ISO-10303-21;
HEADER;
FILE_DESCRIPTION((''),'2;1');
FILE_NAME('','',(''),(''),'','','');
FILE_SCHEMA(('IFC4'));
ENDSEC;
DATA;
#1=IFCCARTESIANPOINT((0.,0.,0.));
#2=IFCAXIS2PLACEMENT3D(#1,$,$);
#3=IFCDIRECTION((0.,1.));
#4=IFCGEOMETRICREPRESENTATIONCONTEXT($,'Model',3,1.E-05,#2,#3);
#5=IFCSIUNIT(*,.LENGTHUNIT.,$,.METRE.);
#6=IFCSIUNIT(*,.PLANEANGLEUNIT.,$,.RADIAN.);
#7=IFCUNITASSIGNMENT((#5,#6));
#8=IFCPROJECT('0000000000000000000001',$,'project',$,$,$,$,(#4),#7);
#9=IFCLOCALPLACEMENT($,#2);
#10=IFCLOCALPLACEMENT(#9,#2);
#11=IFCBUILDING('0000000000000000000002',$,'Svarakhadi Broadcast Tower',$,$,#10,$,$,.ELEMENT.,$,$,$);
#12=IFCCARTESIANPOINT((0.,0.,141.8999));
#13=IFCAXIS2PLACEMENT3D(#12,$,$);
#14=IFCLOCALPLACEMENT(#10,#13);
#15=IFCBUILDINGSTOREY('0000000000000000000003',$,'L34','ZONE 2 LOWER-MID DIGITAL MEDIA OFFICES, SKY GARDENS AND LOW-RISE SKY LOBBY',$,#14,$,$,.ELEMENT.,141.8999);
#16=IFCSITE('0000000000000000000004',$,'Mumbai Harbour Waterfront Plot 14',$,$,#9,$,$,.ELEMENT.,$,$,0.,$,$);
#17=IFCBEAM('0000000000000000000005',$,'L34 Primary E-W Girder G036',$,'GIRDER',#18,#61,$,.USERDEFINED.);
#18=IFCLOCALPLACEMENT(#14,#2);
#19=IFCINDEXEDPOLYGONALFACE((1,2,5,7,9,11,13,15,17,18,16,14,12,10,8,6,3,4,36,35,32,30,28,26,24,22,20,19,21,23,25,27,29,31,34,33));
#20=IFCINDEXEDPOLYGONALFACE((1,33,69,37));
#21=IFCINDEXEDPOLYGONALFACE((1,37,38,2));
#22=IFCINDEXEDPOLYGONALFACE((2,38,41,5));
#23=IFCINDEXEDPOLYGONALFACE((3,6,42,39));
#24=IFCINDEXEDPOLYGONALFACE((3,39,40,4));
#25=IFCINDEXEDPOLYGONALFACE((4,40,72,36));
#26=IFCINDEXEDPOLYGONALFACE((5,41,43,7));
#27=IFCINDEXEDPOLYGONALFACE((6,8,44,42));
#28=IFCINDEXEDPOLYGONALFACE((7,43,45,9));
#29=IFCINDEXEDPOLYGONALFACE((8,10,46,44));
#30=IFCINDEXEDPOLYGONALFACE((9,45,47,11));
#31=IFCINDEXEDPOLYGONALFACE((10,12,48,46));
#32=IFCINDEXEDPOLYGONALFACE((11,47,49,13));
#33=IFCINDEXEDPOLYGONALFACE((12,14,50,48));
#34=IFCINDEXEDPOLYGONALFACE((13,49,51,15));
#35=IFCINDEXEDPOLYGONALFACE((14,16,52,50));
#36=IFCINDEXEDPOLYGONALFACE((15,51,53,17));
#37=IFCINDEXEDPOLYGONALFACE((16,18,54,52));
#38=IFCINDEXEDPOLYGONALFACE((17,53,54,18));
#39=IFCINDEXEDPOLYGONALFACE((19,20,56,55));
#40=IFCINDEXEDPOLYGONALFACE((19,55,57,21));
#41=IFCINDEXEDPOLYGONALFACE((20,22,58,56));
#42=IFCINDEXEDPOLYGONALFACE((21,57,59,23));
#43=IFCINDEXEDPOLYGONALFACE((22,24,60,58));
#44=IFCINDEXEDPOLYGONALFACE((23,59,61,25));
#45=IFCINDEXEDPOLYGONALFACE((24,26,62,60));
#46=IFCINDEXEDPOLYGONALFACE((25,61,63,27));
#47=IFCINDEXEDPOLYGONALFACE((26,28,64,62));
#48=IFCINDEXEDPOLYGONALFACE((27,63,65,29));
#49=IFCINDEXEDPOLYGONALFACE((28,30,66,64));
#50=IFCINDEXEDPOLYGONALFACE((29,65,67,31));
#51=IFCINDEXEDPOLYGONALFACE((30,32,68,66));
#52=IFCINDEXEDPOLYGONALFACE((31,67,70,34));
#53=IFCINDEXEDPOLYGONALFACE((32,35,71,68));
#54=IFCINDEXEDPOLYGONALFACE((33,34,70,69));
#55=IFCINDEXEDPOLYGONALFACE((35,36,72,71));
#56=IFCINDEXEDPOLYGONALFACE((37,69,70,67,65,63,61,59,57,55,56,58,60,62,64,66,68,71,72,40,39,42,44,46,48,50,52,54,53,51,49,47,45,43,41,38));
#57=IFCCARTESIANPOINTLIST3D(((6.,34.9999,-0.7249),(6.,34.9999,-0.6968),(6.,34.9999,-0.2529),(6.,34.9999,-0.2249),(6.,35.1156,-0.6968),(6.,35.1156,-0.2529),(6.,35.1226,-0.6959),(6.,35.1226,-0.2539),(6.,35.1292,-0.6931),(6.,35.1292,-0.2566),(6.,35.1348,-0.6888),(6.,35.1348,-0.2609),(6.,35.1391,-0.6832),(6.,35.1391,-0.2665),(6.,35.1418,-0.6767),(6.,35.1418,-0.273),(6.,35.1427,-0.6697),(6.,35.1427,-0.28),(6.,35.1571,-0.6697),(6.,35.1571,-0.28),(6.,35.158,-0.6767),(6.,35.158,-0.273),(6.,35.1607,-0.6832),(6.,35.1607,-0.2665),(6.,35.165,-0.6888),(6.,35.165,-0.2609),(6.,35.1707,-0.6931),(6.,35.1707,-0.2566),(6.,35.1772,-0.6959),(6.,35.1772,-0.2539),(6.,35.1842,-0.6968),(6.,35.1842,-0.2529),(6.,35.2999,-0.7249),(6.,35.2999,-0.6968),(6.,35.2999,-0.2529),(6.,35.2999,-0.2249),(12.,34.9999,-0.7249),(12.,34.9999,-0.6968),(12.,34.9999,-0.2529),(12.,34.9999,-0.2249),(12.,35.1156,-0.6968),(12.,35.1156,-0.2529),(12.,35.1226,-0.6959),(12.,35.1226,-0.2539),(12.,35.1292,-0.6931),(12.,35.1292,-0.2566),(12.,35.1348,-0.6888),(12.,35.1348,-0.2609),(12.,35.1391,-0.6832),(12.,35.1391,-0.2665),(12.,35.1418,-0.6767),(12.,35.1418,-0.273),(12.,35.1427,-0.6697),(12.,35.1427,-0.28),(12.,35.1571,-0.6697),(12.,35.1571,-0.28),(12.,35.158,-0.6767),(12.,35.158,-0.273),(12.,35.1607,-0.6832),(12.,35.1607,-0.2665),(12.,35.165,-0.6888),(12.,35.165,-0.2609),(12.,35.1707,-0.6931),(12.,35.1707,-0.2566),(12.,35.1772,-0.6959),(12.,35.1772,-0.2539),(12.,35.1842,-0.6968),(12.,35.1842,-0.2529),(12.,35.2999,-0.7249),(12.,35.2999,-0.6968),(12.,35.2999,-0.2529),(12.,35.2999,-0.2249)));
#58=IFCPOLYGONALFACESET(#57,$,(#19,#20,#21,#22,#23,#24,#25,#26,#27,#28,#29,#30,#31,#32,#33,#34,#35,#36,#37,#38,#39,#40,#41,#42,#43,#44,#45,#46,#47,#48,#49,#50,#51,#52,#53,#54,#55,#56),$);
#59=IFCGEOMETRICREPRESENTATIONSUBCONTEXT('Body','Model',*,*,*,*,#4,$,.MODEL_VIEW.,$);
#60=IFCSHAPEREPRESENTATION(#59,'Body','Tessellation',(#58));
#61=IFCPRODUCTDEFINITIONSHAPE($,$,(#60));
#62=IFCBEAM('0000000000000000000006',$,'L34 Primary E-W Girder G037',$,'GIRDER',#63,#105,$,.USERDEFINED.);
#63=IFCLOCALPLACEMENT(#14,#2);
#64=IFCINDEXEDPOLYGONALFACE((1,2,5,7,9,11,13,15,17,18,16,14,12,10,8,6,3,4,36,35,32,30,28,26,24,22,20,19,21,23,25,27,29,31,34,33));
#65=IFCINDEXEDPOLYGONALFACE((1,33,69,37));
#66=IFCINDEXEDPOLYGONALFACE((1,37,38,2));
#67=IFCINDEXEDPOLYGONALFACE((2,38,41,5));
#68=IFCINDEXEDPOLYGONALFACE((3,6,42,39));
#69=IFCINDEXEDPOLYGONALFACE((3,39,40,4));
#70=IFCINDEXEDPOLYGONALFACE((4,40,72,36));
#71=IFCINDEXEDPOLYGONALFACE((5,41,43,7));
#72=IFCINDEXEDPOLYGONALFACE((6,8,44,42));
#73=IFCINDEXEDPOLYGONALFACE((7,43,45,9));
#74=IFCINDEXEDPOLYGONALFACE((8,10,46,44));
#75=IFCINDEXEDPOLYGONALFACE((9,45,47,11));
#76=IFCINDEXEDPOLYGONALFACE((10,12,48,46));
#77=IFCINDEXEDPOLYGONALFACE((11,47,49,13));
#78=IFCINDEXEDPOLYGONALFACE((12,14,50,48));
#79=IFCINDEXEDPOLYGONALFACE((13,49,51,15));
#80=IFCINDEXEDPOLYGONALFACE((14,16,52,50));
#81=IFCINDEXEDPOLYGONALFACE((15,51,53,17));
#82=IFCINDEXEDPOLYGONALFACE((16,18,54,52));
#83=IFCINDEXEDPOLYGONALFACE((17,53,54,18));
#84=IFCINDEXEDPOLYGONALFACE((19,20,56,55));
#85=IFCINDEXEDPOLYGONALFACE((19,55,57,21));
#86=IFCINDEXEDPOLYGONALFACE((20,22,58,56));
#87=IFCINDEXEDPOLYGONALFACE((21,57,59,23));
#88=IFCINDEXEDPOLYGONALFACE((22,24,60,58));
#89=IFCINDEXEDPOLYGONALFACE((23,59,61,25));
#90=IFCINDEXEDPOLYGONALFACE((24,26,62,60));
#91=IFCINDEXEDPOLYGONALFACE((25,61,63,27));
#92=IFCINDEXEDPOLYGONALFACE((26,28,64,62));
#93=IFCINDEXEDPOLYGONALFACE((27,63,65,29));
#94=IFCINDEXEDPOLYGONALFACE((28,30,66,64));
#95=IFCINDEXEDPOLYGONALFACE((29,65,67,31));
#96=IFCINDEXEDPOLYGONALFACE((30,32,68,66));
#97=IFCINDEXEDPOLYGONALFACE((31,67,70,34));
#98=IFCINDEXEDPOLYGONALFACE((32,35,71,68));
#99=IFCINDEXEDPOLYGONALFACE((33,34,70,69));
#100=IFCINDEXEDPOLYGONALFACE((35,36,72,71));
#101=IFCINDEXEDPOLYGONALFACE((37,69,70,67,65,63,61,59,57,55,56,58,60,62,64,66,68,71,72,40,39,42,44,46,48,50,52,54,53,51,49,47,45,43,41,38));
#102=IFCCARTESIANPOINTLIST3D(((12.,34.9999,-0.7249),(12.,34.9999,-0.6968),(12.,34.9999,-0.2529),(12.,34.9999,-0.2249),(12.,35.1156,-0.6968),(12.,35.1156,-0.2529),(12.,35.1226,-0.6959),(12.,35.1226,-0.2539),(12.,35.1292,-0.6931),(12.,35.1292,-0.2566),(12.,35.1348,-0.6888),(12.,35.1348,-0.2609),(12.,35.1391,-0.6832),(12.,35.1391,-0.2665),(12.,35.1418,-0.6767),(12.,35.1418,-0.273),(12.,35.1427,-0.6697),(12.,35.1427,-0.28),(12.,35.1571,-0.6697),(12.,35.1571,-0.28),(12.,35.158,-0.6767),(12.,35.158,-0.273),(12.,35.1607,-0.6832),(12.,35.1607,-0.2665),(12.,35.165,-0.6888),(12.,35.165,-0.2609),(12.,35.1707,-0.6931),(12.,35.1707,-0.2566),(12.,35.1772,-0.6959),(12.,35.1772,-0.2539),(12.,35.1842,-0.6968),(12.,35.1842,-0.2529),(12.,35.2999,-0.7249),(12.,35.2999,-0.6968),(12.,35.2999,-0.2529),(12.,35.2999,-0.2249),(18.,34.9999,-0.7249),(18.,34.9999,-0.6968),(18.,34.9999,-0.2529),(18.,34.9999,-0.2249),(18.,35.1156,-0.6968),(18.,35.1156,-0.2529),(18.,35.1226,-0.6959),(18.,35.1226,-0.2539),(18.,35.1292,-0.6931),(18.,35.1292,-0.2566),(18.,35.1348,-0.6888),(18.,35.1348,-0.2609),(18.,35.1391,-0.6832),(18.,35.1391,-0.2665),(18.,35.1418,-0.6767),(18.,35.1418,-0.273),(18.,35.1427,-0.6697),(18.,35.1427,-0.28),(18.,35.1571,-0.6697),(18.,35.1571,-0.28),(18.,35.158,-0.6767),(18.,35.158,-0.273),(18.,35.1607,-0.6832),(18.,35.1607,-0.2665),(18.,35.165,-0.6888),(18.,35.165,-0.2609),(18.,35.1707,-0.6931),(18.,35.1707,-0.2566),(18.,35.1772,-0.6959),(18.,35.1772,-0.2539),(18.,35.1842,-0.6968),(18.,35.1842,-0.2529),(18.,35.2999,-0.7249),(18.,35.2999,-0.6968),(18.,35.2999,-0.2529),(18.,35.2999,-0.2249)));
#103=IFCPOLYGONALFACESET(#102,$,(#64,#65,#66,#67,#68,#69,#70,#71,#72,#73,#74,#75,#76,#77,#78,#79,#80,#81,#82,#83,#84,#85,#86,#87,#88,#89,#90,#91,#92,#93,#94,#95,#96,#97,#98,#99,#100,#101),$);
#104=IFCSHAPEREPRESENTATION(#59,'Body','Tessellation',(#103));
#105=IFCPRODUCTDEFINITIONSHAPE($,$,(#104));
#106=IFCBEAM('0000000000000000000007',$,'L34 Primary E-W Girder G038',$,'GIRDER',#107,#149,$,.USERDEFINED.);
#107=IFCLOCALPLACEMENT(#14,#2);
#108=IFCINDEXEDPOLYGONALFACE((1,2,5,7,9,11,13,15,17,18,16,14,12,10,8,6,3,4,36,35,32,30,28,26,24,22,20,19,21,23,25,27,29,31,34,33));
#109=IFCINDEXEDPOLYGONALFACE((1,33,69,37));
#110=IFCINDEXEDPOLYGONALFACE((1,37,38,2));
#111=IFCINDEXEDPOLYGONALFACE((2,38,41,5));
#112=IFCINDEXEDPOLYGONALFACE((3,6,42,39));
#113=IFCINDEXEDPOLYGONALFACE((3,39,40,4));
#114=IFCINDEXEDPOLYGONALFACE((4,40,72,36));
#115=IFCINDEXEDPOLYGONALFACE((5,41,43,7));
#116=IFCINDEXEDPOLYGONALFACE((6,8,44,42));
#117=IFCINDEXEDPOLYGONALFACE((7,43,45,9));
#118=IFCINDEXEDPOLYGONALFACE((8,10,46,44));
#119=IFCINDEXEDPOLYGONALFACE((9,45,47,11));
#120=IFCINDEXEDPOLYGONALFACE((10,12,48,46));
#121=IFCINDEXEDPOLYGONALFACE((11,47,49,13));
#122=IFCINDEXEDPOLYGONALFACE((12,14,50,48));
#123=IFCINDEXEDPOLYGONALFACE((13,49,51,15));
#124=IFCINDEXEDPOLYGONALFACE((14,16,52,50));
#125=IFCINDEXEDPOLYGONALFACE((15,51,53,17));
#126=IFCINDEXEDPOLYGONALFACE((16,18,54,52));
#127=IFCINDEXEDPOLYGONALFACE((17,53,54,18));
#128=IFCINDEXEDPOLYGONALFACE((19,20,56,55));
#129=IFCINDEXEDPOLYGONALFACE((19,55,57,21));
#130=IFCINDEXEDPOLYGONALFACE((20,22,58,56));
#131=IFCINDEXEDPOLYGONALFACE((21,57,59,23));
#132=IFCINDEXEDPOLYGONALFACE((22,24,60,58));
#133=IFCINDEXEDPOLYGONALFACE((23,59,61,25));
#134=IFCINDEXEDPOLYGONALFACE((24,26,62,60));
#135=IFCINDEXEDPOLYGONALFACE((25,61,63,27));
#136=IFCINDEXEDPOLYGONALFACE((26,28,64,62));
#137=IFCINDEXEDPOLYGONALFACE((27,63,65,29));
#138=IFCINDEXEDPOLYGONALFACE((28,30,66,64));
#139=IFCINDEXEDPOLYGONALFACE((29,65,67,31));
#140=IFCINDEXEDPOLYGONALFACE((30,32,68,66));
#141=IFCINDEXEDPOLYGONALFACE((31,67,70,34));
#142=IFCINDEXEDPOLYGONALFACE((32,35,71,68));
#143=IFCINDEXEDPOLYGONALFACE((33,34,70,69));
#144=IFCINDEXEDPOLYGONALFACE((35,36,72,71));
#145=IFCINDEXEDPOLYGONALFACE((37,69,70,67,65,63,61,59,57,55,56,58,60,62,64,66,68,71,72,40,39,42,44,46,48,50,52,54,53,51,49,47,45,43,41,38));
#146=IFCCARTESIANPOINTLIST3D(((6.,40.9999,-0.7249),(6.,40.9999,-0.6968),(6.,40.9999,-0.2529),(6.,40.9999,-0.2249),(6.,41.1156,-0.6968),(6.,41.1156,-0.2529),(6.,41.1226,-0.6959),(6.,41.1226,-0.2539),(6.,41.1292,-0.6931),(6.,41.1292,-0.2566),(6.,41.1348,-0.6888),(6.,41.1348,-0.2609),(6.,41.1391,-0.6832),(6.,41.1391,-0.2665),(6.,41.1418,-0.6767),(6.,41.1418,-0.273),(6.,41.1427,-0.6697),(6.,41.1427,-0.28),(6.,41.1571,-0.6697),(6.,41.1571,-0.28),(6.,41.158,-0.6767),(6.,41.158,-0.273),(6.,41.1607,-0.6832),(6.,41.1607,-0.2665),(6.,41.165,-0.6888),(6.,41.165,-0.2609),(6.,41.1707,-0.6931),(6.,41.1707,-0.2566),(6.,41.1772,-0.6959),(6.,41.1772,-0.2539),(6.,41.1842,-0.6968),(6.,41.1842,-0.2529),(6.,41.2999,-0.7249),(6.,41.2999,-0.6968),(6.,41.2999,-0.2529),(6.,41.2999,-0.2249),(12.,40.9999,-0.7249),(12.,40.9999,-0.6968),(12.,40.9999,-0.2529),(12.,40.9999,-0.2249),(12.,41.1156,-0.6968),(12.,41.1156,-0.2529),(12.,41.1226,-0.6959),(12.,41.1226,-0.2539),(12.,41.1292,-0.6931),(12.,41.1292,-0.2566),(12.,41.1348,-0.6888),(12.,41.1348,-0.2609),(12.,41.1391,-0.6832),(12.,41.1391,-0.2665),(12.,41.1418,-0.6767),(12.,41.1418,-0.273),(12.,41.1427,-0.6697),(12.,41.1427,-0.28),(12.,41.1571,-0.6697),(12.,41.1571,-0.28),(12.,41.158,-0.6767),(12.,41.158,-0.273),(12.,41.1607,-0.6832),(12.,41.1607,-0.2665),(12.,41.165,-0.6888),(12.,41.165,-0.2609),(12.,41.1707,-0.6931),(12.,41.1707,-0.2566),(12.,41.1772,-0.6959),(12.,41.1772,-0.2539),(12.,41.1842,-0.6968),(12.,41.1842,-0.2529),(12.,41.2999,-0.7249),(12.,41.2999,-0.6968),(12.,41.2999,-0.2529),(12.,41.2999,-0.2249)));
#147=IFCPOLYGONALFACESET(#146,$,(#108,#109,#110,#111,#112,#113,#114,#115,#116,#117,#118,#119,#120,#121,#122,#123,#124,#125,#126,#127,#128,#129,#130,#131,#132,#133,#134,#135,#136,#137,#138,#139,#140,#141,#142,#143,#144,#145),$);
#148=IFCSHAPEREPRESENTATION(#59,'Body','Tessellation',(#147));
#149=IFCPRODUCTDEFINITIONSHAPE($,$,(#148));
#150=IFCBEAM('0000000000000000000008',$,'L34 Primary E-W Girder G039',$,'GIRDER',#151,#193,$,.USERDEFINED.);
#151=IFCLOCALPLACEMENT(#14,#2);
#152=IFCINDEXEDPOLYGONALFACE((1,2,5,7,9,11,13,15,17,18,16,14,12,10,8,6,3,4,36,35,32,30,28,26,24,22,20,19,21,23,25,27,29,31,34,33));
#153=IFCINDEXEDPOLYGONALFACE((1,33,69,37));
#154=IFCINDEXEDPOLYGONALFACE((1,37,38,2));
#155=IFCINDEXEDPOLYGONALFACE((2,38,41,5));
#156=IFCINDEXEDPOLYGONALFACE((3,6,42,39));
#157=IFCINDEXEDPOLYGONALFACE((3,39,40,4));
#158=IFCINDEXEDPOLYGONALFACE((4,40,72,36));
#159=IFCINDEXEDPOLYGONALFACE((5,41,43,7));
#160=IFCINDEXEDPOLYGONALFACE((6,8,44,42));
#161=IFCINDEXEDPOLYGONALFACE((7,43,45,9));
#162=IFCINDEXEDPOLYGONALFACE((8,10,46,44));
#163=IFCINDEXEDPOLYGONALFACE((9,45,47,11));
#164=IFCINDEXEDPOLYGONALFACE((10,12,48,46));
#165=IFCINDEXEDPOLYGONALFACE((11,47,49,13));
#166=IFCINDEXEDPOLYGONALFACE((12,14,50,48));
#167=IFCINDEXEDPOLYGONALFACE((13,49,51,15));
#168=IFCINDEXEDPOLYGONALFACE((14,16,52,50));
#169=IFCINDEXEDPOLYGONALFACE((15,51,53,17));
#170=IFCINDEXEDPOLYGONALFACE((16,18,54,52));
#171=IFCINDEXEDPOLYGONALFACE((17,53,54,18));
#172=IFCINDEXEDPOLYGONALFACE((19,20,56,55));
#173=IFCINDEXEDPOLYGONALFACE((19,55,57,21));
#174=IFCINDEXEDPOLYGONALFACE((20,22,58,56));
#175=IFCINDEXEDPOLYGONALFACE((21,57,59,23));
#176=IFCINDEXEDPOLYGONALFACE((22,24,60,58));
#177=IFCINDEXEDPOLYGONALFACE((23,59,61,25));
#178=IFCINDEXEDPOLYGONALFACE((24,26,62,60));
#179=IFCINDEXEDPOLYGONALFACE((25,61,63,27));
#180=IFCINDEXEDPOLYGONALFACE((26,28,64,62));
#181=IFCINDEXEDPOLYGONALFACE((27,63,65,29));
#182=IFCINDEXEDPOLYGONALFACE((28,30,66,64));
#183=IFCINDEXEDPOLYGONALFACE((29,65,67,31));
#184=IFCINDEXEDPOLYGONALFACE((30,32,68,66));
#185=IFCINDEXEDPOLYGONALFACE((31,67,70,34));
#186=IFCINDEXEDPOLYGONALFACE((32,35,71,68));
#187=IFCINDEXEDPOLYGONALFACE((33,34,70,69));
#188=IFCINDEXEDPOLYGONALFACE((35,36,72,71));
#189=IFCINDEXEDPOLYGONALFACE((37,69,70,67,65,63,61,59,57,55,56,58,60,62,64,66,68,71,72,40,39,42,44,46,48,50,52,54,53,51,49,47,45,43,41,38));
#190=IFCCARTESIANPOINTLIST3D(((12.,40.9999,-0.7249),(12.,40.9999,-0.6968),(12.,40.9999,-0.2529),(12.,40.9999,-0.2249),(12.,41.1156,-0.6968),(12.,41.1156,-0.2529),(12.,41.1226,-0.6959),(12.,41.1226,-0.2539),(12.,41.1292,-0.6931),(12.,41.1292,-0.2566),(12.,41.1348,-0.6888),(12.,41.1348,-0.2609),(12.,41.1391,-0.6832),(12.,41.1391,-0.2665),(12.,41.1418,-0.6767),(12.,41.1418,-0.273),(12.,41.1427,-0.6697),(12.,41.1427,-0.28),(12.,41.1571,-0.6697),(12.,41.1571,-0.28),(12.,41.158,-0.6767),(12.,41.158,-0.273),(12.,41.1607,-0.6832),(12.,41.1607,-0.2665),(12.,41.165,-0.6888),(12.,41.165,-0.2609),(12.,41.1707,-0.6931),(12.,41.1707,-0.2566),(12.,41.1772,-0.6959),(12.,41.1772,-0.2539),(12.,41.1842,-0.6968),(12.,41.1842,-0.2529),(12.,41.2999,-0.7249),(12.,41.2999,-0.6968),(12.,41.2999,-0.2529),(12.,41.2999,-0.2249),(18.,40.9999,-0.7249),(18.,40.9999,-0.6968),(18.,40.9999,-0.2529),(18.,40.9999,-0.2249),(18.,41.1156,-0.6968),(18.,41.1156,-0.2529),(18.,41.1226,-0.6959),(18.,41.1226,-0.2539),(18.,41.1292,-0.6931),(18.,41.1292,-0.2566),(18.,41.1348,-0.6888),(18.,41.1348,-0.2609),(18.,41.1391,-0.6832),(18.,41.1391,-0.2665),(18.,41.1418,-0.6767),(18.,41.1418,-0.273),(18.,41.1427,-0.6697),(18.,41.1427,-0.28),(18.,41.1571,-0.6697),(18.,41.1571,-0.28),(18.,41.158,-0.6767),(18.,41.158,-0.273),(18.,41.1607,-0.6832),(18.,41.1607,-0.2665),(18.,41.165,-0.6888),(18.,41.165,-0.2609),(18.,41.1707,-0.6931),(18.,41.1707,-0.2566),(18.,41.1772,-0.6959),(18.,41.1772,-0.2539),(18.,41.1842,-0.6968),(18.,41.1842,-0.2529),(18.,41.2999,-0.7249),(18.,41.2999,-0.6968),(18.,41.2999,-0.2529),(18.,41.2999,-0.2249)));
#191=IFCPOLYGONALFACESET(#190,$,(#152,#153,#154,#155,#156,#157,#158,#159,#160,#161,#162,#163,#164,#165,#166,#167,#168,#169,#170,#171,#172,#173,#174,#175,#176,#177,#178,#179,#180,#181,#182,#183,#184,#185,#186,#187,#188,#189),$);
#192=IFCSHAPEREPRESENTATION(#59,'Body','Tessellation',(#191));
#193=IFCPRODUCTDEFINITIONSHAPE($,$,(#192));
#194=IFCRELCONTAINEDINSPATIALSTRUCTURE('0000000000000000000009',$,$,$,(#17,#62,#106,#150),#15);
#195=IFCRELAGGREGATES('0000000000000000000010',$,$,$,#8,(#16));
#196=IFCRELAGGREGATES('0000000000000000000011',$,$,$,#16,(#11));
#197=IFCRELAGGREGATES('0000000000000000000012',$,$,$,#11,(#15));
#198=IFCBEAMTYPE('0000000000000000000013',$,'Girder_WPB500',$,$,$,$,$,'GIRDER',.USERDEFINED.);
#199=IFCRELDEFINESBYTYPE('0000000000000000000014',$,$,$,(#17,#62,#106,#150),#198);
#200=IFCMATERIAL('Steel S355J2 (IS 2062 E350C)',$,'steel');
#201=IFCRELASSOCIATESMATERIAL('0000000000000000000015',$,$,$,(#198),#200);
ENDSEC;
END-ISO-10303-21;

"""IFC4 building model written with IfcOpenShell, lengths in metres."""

from ifc_helpers import new_model, si_unit, direction, frame, origin, origin_2d, place, context, subcontext, project, spatial, i_section, extrude, material, material_profile, profile_set, type_object, element, save


model = new_model("IFC4")

# Units and contexts
model_context = context("Model", 3, precision=1e-05, world=origin(), true_north=direction((0.0, 1.0)))
body_context = subcontext(model_context, "Body", "Model", "MODEL_VIEW")
ifc_project = project(units=[si_unit("LENGTHUNIT", "METRE"), si_unit("PLANEANGLEUNIT", "RADIAN")], contexts=[model_context])

# Site, building, storey
site_placement = place(None, origin())
site = spatial("IfcSite", under=ifc_project, at=site_placement, Name="Mumbai Harbour Waterfront Plot 14", CompositionType="ELEMENT", RefElevation=0.0)
building_placement = place(site_placement, origin())
building = spatial("IfcBuilding", under=site, at=building_placement, Name="Svarakhadi Broadcast Tower", CompositionType="ELEMENT")
storey_placement = place(building_placement, frame((0.0, 0.0, 141.8999)))
storey = spatial("IfcBuildingStorey", under=building, at=storey_placement, Name="L34", Description="ZONE 2 LOWER-MID DIGITAL MEDIA OFFICES, SKY GARDENS AND LOW-RISE SKY LOBBY", CompositionType="ELEMENT", Elevation=141.8999)

# Shared definitions
ifc_material_1 = material(Name="Steel S355J2 (IS 2062 E350C)", Category="steel")

# Beams
ifc_material_profile_1 = material_profile(ifc_material_1, i_section(OverallWidth=0.3, OverallDepth=0.5, WebThickness=0.0144, FlangeThickness=0.0281, FilletRadius=0.0271, at=origin_2d()), Name="WPB 500x300x187")
ifc_profile_set_1 = profile_set([ifc_material_profile_1], Name="Steel S355J2 (IS 2062 E350C)")
beam_type_1 = type_object("IfcBeamType", Name="Girder_WPB500", ElementType="GIRDER", PredefinedType="USERDEFINED", material=ifc_profile_set_1)
for number, where, z_axis, x_axis, name in (
    (1, (6.0, 35.1499, -0.4749), (1.0, 0.0, 0.0), (0.0, 1.0, 0.0), "L34 Primary E-W Girder G036"),
    (2, (12.0, 35.1499, -0.4749), (1.0, 0.0, 0.0), (0.0, 1.0, 0.0), "L34 Primary E-W Girder G037"),
    (3, (6.0, 41.1499, -0.4749), (1.0, 0.0, 0.0), (0.0, 1.0, 0.0), "L34 Primary E-W Girder G038"),
    (4, (12.0, 41.1499, -0.4749), (1.0, 0.0, 0.0), (0.0, 1.0, 0.0), "L34 Primary E-W Girder G039"),
):
    element("IfcBeam", number, at=place(storey_placement, frame(where, z_axis=z_axis, x_axis=x_axis)), inside=storey, type_object=beam_type_1, Name=name, ObjectType="GIRDER", PredefinedType="USERDEFINED", context=body_context, shape_type="SweptSolid", body=[
        extrude(i_section(OverallWidth=0.3, OverallDepth=0.5, WebThickness=0.0144, FlangeThickness=0.0281, FilletRadius=0.0271, at=origin_2d()), origin(), (0.0, 0.0, 1.0), 6.0),
    ])

save(model, "model.ifc")
